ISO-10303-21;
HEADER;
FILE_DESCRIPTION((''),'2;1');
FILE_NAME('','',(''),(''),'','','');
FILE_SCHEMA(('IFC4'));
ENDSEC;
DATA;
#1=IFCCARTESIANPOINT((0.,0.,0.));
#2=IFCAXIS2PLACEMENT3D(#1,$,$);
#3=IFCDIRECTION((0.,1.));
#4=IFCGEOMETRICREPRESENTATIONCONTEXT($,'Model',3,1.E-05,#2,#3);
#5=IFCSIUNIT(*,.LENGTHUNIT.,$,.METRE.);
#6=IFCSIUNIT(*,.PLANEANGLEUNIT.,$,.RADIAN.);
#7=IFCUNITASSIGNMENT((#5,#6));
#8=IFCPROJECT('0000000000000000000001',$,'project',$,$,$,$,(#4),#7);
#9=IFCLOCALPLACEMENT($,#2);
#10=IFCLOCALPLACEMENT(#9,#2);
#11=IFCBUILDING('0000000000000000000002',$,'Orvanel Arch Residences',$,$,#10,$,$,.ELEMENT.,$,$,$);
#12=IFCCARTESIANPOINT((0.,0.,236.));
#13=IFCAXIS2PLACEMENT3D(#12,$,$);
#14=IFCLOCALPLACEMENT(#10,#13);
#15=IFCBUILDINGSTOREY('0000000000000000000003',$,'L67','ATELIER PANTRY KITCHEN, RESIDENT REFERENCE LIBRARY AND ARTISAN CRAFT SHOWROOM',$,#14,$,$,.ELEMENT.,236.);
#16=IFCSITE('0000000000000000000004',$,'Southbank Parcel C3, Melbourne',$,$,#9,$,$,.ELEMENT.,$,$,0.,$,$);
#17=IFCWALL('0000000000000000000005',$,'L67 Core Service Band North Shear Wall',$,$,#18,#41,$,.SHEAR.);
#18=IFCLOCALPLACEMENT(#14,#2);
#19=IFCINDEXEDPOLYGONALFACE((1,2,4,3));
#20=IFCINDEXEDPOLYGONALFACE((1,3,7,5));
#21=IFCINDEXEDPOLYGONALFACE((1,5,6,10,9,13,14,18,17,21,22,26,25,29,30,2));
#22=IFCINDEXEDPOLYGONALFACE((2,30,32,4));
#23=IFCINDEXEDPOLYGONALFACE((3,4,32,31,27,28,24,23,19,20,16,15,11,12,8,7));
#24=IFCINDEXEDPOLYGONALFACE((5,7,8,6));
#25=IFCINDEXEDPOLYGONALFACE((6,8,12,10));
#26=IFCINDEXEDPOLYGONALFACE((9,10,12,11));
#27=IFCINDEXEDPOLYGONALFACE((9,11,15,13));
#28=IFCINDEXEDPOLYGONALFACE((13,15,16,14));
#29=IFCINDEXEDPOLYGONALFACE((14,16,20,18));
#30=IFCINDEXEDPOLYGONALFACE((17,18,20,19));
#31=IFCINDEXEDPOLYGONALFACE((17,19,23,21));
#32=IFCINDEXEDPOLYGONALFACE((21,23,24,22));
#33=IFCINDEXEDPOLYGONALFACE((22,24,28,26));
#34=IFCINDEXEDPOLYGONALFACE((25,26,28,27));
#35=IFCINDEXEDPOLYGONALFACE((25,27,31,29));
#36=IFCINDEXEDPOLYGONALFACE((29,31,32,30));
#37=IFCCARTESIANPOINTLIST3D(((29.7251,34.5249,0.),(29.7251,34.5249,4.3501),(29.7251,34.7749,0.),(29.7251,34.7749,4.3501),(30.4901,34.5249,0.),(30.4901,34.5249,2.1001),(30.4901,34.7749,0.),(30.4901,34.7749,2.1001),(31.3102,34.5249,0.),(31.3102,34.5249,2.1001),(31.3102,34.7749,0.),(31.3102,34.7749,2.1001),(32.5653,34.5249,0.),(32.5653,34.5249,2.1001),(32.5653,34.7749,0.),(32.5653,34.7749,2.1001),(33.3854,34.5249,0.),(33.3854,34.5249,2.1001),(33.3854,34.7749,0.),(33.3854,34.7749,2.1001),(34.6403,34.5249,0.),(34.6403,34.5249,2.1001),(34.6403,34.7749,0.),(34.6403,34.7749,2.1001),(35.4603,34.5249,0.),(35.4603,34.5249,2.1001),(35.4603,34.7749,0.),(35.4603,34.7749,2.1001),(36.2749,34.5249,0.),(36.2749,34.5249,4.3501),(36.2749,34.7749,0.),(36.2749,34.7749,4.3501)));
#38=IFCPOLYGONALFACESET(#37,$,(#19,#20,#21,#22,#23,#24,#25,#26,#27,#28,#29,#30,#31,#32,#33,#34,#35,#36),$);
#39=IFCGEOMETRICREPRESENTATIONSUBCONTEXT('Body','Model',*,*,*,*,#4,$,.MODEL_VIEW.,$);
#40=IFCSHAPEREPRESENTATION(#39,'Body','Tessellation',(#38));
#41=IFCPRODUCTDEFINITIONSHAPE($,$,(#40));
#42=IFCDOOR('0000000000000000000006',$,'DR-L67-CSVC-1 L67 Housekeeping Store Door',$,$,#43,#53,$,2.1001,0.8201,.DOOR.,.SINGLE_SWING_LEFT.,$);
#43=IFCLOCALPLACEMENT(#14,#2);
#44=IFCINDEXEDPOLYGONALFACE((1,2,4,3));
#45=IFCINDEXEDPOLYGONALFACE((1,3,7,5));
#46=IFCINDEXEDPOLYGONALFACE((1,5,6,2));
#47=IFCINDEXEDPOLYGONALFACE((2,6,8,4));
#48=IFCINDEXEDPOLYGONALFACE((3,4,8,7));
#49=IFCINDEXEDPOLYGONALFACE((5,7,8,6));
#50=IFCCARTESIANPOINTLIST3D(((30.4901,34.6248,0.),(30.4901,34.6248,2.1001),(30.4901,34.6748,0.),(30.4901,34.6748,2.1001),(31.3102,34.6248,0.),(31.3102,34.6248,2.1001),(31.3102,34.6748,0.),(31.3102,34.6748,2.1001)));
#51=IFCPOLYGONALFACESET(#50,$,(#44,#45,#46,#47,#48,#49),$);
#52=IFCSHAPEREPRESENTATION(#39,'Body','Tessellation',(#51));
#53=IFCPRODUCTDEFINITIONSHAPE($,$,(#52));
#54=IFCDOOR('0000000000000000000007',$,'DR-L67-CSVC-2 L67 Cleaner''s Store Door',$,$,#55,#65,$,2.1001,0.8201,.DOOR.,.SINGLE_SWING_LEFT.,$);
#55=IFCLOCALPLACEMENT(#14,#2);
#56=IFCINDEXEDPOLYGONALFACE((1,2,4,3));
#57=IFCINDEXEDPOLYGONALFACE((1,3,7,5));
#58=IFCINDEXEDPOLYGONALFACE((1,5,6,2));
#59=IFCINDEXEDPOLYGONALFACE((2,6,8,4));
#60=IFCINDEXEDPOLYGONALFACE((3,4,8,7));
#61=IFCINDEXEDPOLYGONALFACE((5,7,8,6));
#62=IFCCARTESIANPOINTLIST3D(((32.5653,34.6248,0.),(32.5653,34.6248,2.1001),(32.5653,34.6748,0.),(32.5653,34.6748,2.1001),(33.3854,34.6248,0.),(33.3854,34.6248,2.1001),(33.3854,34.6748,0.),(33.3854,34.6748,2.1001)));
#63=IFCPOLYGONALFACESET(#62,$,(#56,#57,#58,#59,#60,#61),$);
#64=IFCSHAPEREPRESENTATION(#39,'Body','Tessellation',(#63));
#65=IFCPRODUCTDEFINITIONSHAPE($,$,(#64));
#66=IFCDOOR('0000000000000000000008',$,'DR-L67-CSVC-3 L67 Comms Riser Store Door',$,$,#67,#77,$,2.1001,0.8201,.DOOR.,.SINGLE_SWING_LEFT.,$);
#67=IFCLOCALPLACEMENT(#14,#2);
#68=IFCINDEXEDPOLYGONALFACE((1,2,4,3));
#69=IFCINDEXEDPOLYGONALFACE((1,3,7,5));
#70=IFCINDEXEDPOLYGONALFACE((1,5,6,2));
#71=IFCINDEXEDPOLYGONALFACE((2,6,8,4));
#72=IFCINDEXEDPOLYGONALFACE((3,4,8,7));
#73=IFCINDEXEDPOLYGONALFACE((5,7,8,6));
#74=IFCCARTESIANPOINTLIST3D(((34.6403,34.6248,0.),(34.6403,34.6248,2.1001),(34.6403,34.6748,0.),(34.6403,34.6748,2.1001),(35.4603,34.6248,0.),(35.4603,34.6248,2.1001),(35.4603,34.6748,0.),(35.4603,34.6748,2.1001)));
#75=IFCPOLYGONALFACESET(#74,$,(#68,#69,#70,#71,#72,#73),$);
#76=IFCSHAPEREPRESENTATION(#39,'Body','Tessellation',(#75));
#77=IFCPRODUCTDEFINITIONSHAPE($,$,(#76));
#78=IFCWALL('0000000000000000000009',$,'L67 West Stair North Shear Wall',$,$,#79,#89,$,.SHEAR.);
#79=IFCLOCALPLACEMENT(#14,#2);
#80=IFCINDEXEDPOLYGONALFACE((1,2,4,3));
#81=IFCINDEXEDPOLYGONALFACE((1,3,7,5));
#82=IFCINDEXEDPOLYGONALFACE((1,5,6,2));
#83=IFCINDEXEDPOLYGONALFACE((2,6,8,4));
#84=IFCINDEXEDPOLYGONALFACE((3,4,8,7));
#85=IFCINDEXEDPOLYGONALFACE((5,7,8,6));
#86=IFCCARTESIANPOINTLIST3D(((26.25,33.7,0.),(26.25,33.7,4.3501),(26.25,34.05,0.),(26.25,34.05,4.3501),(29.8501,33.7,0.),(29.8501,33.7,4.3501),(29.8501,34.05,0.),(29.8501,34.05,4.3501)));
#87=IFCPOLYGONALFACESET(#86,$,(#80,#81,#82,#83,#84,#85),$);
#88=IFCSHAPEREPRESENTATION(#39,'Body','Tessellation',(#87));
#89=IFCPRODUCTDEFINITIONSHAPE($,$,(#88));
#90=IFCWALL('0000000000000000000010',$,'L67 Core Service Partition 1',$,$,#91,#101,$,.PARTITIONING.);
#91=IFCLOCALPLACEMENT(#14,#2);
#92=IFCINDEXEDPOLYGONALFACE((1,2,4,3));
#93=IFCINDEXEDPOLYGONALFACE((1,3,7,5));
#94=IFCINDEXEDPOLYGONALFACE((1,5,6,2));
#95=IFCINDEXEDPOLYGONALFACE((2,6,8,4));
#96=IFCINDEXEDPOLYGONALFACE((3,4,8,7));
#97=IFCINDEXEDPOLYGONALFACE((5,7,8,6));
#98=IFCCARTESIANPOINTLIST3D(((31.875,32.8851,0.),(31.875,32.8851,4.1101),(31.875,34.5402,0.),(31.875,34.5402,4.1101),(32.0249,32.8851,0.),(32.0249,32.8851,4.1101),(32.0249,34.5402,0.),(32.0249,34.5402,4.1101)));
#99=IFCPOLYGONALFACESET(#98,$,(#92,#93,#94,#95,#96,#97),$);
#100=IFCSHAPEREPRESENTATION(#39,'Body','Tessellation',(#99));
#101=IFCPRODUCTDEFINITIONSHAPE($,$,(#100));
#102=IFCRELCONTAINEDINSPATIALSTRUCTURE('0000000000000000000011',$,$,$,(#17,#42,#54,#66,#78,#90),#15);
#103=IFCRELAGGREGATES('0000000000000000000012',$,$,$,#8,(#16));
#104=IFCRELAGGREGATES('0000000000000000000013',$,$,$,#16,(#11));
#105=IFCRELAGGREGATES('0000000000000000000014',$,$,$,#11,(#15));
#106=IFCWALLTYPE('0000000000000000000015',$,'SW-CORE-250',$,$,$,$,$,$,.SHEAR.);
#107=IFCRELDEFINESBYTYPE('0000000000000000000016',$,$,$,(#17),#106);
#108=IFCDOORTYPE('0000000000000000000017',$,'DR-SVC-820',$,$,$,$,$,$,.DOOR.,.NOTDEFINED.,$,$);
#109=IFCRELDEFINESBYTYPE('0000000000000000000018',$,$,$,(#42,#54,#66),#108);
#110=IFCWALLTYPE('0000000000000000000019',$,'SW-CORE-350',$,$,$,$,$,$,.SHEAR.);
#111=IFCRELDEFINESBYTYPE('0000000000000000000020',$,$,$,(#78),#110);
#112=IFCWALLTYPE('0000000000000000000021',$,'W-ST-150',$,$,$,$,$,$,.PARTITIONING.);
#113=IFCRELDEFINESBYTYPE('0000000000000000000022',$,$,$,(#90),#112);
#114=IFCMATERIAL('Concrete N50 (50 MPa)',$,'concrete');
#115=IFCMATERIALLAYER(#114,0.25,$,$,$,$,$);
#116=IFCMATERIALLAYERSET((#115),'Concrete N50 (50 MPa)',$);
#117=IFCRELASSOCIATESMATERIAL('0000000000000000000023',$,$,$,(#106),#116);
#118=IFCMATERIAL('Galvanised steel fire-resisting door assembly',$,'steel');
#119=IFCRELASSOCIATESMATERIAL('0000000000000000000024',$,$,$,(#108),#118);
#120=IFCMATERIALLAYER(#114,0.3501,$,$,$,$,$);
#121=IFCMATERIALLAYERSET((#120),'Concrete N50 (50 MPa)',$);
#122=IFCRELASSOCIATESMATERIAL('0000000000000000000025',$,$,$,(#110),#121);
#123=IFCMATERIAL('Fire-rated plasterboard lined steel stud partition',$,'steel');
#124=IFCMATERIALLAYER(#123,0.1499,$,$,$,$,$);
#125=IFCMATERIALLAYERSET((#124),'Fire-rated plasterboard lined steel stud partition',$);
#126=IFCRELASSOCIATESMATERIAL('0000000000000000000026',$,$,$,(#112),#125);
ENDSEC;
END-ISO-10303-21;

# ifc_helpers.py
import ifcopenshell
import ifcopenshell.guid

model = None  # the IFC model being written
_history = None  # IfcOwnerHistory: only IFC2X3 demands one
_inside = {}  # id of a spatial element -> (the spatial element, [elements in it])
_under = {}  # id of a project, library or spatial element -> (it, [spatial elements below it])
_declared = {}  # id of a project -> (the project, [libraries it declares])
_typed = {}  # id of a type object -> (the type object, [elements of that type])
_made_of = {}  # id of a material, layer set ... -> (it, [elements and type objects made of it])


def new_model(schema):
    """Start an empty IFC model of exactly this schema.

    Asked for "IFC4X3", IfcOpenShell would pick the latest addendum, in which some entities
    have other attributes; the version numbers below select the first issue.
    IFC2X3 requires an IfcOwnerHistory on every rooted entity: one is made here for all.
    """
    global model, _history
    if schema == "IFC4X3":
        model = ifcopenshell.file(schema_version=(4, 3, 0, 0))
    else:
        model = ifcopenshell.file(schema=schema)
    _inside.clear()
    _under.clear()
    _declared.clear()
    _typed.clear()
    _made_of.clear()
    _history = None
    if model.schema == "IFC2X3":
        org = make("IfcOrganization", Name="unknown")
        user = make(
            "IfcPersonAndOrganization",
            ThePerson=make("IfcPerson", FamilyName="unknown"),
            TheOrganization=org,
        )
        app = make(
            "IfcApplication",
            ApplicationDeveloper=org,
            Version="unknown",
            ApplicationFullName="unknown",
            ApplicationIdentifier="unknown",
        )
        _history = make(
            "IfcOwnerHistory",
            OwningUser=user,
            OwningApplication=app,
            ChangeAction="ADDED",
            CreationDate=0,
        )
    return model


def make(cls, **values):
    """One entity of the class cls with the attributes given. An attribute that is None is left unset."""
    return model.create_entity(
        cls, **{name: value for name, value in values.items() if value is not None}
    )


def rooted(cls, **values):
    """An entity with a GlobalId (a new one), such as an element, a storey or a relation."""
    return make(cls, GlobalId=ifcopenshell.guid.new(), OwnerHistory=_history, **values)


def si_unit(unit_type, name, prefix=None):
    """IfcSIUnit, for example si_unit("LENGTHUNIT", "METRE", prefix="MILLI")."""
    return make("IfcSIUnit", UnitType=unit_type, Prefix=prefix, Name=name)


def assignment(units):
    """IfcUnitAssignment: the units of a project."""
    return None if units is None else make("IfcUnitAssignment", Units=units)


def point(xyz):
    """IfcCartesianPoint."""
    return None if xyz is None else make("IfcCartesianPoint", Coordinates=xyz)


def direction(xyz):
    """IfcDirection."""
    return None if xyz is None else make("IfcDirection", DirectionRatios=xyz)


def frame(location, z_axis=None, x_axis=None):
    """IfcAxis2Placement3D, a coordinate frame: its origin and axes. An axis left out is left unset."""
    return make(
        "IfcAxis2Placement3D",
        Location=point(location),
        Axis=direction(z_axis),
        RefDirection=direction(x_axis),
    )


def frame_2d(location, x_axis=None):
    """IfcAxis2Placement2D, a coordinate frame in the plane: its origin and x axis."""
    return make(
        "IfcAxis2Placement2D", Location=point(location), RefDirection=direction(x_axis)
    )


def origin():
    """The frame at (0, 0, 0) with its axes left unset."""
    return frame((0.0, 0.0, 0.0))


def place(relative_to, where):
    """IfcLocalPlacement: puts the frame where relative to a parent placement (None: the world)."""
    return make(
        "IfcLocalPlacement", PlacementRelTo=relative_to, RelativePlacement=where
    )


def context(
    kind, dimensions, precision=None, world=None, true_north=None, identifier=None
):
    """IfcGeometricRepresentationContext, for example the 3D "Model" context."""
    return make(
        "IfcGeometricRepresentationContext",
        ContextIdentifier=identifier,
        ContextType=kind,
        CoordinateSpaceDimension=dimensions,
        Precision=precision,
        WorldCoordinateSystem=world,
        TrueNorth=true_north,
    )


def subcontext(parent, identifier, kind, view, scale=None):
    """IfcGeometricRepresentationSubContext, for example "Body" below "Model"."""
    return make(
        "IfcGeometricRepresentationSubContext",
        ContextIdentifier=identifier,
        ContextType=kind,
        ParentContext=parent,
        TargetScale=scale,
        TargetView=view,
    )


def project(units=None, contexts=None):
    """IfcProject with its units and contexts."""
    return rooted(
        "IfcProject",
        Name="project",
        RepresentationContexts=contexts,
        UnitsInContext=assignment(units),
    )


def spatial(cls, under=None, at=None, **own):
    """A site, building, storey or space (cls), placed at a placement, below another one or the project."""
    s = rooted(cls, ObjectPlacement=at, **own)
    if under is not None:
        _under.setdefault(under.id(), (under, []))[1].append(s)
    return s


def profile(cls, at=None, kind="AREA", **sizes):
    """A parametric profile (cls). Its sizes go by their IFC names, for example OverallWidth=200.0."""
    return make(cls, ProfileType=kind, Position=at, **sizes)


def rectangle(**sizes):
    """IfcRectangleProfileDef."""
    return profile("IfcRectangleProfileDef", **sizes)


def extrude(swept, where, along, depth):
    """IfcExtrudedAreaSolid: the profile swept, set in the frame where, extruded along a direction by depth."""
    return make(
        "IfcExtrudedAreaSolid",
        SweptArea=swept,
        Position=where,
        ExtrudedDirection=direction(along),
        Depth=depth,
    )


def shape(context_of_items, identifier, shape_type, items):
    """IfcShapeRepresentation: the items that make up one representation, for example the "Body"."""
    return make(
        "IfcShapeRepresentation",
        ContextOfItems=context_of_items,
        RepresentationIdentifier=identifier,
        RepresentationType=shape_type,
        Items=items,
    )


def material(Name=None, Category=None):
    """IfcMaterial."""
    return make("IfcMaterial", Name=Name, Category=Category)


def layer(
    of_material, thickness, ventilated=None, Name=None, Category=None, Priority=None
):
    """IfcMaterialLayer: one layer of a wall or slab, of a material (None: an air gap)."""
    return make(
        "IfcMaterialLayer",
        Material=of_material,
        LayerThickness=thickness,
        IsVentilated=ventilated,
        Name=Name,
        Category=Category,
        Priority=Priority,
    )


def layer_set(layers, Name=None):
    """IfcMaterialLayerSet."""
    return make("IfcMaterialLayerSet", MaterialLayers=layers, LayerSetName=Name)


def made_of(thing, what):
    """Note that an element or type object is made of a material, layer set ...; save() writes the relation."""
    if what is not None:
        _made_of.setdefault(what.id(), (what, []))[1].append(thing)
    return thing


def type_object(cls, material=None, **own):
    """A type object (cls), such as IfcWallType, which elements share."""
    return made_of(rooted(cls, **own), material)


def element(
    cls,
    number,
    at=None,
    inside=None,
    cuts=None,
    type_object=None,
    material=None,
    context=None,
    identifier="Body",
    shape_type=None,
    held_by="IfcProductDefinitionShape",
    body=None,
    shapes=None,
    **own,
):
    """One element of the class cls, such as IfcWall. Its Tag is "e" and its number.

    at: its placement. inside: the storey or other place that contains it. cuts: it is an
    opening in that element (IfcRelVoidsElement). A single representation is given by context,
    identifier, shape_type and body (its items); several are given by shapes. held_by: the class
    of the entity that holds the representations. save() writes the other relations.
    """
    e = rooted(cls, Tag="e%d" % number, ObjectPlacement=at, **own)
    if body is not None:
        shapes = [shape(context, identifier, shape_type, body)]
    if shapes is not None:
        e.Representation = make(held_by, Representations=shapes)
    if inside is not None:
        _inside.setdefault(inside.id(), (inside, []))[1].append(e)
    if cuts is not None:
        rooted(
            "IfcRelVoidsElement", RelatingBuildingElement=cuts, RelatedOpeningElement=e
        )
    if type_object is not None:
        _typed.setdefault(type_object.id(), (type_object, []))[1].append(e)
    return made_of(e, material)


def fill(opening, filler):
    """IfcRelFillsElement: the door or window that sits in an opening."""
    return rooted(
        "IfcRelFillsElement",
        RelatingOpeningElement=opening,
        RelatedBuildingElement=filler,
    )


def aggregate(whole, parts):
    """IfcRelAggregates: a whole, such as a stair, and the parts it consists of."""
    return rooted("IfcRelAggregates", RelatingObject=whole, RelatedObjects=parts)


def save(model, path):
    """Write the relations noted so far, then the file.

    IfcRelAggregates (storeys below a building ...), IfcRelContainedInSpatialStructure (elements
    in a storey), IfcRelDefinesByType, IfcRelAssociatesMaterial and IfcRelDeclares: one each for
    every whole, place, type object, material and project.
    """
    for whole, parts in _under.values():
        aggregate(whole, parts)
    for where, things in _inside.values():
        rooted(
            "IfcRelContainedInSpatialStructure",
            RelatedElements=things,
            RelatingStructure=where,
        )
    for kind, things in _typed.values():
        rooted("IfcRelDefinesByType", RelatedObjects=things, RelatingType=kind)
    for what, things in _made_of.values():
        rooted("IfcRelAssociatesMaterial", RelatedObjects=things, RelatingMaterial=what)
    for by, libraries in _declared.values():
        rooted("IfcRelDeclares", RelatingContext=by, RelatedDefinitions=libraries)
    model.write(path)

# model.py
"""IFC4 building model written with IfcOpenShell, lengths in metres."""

from ifc_helpers import new_model, si_unit, direction, frame, frame_2d, origin, place, context, subcontext, project, spatial, rectangle, extrude, material, layer, layer_set, type_object, element, fill, save


model = new_model("IFC4")

# Units and contexts
model_context = context("Model", 3, precision=1e-05, world=origin(), true_north=direction((0.0, 1.0)))
body_context = subcontext(model_context, "Body", "Model", "MODEL_VIEW")
ifc_project = project(units=[si_unit("LENGTHUNIT", "METRE"), si_unit("PLANEANGLEUNIT", "RADIAN")], contexts=[model_context])

# Site, building, storey
site_placement = place(None, origin())
site = spatial("IfcSite", under=ifc_project, at=site_placement, Name="Southbank Parcel C3, Melbourne", CompositionType="ELEMENT", RefElevation=0.0)
building_placement = place(site_placement, origin())
building = spatial("IfcBuilding", under=site, at=building_placement, Name="Orvanel Arch Residences", CompositionType="ELEMENT")
storey_placement = place(building_placement, frame((0.0, 0.0, 236.0)))
storey = spatial("IfcBuildingStorey", under=building, at=storey_placement, Name="L67", Description="ATELIER PANTRY KITCHEN, RESIDENT REFERENCE LIBRARY AND ARTISAN CRAFT SHOWROOM", CompositionType="ELEMENT", Elevation=236.0)

# Shared definitions
ifc_material_1 = material(Name="Concrete N50 (50 MPa)", Category="concrete")
ifc_layer_1 = layer(ifc_material_1, 0.25)
ifc_layer_set_1 = layer_set([ifc_layer_1], Name="Concrete N50 (50 MPa)")
wall_type_1 = type_object("IfcWallType", Name="SW-CORE-250", PredefinedType="SHEAR", material=ifc_layer_set_1)

# Wall, openings, doors
wall_1_placement = place(storey_placement, frame((29.7251, 34.6499, 0.0), z_axis=(0.0, 0.0, 1.0), x_axis=(1.0, 0.0, 0.0)))
wall_1 = element("IfcWall", 1, at=wall_1_placement, inside=storey, type_object=wall_type_1, Name="L67 Core Service Band North Shear Wall", PredefinedType="SHEAR", context=body_context, shape_type="SweptSolid", body=[
    extrude(rectangle(XDim=6.5498, YDim=0.25, at=frame_2d((3.2749, 0.0))), origin(), (0.0, 0.0, 1.0), 4.3501),
])
opening_1_placement = place(wall_1_placement, frame((0.7649, 0.0, 0.0)))
opening_1 = element("IfcOpeningElement", 2, at=opening_1_placement, cuts=wall_1, PredefinedType="OPENING", context=body_context, shape_type="SweptSolid", body=[
    extrude(rectangle(XDim=0.8201, YDim=2.1001, at=frame_2d((0.4102, 1.05))), frame((0.0, 0.135, 0.0), z_axis=(0.0, -1.0, 0.0), x_axis=(1.0, 0.0, 0.0)), (0.0, 0.0, 1.0), 0.27),
])
opening_2_placement = place(wall_1_placement, frame((2.8401, 0.0, 0.0)))
opening_2 = element("IfcOpeningElement", 3, at=opening_2_placement, cuts=wall_1, PredefinedType="OPENING", context=body_context, shape_type="SweptSolid", body=[
    extrude(rectangle(XDim=0.8201, YDim=2.1001, at=frame_2d((0.4102, 1.05))), frame((0.0, 0.135, 0.0), z_axis=(0.0, -1.0, 0.0), x_axis=(1.0, 0.0, 0.0)), (0.0, 0.0, 1.0), 0.27),
])
opening_3_placement = place(wall_1_placement, frame((4.915, 0.0, 0.0)))
opening_3 = element("IfcOpeningElement", 4, at=opening_3_placement, cuts=wall_1, PredefinedType="OPENING", context=body_context, shape_type="SweptSolid", body=[
    extrude(rectangle(XDim=0.8201, YDim=2.1001, at=frame_2d((0.4102, 1.05))), frame((0.0, 0.135, 0.0), z_axis=(0.0, -1.0, 0.0), x_axis=(1.0, 0.0, 0.0)), (0.0, 0.0, 1.0), 0.27),
])
ifc_material_2 = material(Name="Galvanised steel fire-resisting door assembly", Category="steel")
door_type_1 = type_object("IfcDoorType", Name="DR-SVC-820", OperationType="NOTDEFINED", PredefinedType="DOOR", material=ifc_material_2)
door_1_placement = place(opening_1_placement, origin())
door_1 = element("IfcDoor", 5, at=door_1_placement, inside=storey, type_object=door_type_1, Name="DR-L67-CSVC-1 L67 Housekeeping Store Door", OperationType="SINGLE_SWING_LEFT", OverallHeight=2.1001, OverallWidth=0.8201, PredefinedType="DOOR", context=body_context, shape_type="SweptSolid", body=[
    extrude(rectangle(XDim=0.8201, YDim=2.1001, at=frame_2d((0.4102, 1.05))), frame((0.0, 0.0249, 0.0), z_axis=(0.0, -1.0, 0.0), x_axis=(1.0, 0.0, 0.0)), (0.0, 0.0, 1.0), 0.05),
])
fill(opening_1, door_1)
door_2_placement = place(opening_2_placement, origin())
door_2 = element("IfcDoor", 6, at=door_2_placement, inside=storey, type_object=door_type_1, Name="DR-L67-CSVC-2 L67 Cleaner's Store Door", OperationType="SINGLE_SWING_LEFT", OverallHeight=2.1001, OverallWidth=0.8201, PredefinedType="DOOR", context=body_context, shape_type="SweptSolid", body=[
    extrude(rectangle(XDim=0.8201, YDim=2.1001, at=frame_2d((0.4102, 1.05))), frame((0.0, 0.0249, 0.0), z_axis=(0.0, -1.0, 0.0), x_axis=(1.0, 0.0, 0.0)), (0.0, 0.0, 1.0), 0.05),
])
fill(opening_2, door_2)
door_3_placement = place(opening_3_placement, origin())
door_3 = element("IfcDoor", 7, at=door_3_placement, inside=storey, type_object=door_type_1, Name="DR-L67-CSVC-3 L67 Comms Riser Store Door", OperationType="SINGLE_SWING_LEFT", OverallHeight=2.1001, OverallWidth=0.8201, PredefinedType="DOOR", context=body_context, shape_type="SweptSolid", body=[
    extrude(rectangle(XDim=0.8201, YDim=2.1001, at=frame_2d((0.4102, 1.05))), frame((0.0, 0.0249, 0.0), z_axis=(0.0, -1.0, 0.0), x_axis=(1.0, 0.0, 0.0)), (0.0, 0.0, 1.0), 0.05),
])
fill(opening_3, door_3)

# Walls
ifc_layer_2 = layer(ifc_material_1, 0.3501)
ifc_layer_set_2 = layer_set([ifc_layer_2], Name="Concrete N50 (50 MPa)")
wall_type_2 = type_object("IfcWallType", Name="SW-CORE-350", PredefinedType="SHEAR", material=ifc_layer_set_2)
wall_2_placement = place(storey_placement, frame((26.25, 33.875, 0.0), z_axis=(0.0, 0.0, 1.0), x_axis=(1.0, 0.0, 0.0)))
element("IfcWall", 8, at=wall_2_placement, inside=storey, type_object=wall_type_2, Name="L67 West Stair North Shear Wall", PredefinedType="SHEAR", context=body_context, shape_type="SweptSolid", body=[
    extrude(rectangle(XDim=3.6001, YDim=0.3501, at=frame_2d((1.8, 0.0))), origin(), (0.0, 0.0, 1.0), 4.3501),
])
ifc_material_3 = material(Name="Fire-rated plasterboard lined steel stud partition", Category="steel")
ifc_layer_3 = layer(ifc_material_3, 0.1499)
ifc_layer_set_3 = layer_set([ifc_layer_3], Name="Fire-rated plasterboard lined steel stud partition")
wall_type_3 = type_object("IfcWallType", Name="W-ST-150", PredefinedType="PARTITIONING", material=ifc_layer_set_3)
wall_3_placement = place(storey_placement, frame((31.95, 32.885, 0.0), z_axis=(0.0, 0.0, 1.0), x_axis=(0.0, 1.0, 0.0)))
element("IfcWall", 9, at=wall_3_placement, inside=storey, type_object=wall_type_3, Name="L67 Core Service Partition 1", PredefinedType="PARTITIONING", context=body_context, shape_type="SweptSolid", body=[
    extrude(rectangle(XDim=1.655, YDim=0.1499, at=frame_2d((0.8276, 0.0))), origin(), (0.0, 0.0, 1.0), 4.1101),
])

save(model, "model.ifc")
